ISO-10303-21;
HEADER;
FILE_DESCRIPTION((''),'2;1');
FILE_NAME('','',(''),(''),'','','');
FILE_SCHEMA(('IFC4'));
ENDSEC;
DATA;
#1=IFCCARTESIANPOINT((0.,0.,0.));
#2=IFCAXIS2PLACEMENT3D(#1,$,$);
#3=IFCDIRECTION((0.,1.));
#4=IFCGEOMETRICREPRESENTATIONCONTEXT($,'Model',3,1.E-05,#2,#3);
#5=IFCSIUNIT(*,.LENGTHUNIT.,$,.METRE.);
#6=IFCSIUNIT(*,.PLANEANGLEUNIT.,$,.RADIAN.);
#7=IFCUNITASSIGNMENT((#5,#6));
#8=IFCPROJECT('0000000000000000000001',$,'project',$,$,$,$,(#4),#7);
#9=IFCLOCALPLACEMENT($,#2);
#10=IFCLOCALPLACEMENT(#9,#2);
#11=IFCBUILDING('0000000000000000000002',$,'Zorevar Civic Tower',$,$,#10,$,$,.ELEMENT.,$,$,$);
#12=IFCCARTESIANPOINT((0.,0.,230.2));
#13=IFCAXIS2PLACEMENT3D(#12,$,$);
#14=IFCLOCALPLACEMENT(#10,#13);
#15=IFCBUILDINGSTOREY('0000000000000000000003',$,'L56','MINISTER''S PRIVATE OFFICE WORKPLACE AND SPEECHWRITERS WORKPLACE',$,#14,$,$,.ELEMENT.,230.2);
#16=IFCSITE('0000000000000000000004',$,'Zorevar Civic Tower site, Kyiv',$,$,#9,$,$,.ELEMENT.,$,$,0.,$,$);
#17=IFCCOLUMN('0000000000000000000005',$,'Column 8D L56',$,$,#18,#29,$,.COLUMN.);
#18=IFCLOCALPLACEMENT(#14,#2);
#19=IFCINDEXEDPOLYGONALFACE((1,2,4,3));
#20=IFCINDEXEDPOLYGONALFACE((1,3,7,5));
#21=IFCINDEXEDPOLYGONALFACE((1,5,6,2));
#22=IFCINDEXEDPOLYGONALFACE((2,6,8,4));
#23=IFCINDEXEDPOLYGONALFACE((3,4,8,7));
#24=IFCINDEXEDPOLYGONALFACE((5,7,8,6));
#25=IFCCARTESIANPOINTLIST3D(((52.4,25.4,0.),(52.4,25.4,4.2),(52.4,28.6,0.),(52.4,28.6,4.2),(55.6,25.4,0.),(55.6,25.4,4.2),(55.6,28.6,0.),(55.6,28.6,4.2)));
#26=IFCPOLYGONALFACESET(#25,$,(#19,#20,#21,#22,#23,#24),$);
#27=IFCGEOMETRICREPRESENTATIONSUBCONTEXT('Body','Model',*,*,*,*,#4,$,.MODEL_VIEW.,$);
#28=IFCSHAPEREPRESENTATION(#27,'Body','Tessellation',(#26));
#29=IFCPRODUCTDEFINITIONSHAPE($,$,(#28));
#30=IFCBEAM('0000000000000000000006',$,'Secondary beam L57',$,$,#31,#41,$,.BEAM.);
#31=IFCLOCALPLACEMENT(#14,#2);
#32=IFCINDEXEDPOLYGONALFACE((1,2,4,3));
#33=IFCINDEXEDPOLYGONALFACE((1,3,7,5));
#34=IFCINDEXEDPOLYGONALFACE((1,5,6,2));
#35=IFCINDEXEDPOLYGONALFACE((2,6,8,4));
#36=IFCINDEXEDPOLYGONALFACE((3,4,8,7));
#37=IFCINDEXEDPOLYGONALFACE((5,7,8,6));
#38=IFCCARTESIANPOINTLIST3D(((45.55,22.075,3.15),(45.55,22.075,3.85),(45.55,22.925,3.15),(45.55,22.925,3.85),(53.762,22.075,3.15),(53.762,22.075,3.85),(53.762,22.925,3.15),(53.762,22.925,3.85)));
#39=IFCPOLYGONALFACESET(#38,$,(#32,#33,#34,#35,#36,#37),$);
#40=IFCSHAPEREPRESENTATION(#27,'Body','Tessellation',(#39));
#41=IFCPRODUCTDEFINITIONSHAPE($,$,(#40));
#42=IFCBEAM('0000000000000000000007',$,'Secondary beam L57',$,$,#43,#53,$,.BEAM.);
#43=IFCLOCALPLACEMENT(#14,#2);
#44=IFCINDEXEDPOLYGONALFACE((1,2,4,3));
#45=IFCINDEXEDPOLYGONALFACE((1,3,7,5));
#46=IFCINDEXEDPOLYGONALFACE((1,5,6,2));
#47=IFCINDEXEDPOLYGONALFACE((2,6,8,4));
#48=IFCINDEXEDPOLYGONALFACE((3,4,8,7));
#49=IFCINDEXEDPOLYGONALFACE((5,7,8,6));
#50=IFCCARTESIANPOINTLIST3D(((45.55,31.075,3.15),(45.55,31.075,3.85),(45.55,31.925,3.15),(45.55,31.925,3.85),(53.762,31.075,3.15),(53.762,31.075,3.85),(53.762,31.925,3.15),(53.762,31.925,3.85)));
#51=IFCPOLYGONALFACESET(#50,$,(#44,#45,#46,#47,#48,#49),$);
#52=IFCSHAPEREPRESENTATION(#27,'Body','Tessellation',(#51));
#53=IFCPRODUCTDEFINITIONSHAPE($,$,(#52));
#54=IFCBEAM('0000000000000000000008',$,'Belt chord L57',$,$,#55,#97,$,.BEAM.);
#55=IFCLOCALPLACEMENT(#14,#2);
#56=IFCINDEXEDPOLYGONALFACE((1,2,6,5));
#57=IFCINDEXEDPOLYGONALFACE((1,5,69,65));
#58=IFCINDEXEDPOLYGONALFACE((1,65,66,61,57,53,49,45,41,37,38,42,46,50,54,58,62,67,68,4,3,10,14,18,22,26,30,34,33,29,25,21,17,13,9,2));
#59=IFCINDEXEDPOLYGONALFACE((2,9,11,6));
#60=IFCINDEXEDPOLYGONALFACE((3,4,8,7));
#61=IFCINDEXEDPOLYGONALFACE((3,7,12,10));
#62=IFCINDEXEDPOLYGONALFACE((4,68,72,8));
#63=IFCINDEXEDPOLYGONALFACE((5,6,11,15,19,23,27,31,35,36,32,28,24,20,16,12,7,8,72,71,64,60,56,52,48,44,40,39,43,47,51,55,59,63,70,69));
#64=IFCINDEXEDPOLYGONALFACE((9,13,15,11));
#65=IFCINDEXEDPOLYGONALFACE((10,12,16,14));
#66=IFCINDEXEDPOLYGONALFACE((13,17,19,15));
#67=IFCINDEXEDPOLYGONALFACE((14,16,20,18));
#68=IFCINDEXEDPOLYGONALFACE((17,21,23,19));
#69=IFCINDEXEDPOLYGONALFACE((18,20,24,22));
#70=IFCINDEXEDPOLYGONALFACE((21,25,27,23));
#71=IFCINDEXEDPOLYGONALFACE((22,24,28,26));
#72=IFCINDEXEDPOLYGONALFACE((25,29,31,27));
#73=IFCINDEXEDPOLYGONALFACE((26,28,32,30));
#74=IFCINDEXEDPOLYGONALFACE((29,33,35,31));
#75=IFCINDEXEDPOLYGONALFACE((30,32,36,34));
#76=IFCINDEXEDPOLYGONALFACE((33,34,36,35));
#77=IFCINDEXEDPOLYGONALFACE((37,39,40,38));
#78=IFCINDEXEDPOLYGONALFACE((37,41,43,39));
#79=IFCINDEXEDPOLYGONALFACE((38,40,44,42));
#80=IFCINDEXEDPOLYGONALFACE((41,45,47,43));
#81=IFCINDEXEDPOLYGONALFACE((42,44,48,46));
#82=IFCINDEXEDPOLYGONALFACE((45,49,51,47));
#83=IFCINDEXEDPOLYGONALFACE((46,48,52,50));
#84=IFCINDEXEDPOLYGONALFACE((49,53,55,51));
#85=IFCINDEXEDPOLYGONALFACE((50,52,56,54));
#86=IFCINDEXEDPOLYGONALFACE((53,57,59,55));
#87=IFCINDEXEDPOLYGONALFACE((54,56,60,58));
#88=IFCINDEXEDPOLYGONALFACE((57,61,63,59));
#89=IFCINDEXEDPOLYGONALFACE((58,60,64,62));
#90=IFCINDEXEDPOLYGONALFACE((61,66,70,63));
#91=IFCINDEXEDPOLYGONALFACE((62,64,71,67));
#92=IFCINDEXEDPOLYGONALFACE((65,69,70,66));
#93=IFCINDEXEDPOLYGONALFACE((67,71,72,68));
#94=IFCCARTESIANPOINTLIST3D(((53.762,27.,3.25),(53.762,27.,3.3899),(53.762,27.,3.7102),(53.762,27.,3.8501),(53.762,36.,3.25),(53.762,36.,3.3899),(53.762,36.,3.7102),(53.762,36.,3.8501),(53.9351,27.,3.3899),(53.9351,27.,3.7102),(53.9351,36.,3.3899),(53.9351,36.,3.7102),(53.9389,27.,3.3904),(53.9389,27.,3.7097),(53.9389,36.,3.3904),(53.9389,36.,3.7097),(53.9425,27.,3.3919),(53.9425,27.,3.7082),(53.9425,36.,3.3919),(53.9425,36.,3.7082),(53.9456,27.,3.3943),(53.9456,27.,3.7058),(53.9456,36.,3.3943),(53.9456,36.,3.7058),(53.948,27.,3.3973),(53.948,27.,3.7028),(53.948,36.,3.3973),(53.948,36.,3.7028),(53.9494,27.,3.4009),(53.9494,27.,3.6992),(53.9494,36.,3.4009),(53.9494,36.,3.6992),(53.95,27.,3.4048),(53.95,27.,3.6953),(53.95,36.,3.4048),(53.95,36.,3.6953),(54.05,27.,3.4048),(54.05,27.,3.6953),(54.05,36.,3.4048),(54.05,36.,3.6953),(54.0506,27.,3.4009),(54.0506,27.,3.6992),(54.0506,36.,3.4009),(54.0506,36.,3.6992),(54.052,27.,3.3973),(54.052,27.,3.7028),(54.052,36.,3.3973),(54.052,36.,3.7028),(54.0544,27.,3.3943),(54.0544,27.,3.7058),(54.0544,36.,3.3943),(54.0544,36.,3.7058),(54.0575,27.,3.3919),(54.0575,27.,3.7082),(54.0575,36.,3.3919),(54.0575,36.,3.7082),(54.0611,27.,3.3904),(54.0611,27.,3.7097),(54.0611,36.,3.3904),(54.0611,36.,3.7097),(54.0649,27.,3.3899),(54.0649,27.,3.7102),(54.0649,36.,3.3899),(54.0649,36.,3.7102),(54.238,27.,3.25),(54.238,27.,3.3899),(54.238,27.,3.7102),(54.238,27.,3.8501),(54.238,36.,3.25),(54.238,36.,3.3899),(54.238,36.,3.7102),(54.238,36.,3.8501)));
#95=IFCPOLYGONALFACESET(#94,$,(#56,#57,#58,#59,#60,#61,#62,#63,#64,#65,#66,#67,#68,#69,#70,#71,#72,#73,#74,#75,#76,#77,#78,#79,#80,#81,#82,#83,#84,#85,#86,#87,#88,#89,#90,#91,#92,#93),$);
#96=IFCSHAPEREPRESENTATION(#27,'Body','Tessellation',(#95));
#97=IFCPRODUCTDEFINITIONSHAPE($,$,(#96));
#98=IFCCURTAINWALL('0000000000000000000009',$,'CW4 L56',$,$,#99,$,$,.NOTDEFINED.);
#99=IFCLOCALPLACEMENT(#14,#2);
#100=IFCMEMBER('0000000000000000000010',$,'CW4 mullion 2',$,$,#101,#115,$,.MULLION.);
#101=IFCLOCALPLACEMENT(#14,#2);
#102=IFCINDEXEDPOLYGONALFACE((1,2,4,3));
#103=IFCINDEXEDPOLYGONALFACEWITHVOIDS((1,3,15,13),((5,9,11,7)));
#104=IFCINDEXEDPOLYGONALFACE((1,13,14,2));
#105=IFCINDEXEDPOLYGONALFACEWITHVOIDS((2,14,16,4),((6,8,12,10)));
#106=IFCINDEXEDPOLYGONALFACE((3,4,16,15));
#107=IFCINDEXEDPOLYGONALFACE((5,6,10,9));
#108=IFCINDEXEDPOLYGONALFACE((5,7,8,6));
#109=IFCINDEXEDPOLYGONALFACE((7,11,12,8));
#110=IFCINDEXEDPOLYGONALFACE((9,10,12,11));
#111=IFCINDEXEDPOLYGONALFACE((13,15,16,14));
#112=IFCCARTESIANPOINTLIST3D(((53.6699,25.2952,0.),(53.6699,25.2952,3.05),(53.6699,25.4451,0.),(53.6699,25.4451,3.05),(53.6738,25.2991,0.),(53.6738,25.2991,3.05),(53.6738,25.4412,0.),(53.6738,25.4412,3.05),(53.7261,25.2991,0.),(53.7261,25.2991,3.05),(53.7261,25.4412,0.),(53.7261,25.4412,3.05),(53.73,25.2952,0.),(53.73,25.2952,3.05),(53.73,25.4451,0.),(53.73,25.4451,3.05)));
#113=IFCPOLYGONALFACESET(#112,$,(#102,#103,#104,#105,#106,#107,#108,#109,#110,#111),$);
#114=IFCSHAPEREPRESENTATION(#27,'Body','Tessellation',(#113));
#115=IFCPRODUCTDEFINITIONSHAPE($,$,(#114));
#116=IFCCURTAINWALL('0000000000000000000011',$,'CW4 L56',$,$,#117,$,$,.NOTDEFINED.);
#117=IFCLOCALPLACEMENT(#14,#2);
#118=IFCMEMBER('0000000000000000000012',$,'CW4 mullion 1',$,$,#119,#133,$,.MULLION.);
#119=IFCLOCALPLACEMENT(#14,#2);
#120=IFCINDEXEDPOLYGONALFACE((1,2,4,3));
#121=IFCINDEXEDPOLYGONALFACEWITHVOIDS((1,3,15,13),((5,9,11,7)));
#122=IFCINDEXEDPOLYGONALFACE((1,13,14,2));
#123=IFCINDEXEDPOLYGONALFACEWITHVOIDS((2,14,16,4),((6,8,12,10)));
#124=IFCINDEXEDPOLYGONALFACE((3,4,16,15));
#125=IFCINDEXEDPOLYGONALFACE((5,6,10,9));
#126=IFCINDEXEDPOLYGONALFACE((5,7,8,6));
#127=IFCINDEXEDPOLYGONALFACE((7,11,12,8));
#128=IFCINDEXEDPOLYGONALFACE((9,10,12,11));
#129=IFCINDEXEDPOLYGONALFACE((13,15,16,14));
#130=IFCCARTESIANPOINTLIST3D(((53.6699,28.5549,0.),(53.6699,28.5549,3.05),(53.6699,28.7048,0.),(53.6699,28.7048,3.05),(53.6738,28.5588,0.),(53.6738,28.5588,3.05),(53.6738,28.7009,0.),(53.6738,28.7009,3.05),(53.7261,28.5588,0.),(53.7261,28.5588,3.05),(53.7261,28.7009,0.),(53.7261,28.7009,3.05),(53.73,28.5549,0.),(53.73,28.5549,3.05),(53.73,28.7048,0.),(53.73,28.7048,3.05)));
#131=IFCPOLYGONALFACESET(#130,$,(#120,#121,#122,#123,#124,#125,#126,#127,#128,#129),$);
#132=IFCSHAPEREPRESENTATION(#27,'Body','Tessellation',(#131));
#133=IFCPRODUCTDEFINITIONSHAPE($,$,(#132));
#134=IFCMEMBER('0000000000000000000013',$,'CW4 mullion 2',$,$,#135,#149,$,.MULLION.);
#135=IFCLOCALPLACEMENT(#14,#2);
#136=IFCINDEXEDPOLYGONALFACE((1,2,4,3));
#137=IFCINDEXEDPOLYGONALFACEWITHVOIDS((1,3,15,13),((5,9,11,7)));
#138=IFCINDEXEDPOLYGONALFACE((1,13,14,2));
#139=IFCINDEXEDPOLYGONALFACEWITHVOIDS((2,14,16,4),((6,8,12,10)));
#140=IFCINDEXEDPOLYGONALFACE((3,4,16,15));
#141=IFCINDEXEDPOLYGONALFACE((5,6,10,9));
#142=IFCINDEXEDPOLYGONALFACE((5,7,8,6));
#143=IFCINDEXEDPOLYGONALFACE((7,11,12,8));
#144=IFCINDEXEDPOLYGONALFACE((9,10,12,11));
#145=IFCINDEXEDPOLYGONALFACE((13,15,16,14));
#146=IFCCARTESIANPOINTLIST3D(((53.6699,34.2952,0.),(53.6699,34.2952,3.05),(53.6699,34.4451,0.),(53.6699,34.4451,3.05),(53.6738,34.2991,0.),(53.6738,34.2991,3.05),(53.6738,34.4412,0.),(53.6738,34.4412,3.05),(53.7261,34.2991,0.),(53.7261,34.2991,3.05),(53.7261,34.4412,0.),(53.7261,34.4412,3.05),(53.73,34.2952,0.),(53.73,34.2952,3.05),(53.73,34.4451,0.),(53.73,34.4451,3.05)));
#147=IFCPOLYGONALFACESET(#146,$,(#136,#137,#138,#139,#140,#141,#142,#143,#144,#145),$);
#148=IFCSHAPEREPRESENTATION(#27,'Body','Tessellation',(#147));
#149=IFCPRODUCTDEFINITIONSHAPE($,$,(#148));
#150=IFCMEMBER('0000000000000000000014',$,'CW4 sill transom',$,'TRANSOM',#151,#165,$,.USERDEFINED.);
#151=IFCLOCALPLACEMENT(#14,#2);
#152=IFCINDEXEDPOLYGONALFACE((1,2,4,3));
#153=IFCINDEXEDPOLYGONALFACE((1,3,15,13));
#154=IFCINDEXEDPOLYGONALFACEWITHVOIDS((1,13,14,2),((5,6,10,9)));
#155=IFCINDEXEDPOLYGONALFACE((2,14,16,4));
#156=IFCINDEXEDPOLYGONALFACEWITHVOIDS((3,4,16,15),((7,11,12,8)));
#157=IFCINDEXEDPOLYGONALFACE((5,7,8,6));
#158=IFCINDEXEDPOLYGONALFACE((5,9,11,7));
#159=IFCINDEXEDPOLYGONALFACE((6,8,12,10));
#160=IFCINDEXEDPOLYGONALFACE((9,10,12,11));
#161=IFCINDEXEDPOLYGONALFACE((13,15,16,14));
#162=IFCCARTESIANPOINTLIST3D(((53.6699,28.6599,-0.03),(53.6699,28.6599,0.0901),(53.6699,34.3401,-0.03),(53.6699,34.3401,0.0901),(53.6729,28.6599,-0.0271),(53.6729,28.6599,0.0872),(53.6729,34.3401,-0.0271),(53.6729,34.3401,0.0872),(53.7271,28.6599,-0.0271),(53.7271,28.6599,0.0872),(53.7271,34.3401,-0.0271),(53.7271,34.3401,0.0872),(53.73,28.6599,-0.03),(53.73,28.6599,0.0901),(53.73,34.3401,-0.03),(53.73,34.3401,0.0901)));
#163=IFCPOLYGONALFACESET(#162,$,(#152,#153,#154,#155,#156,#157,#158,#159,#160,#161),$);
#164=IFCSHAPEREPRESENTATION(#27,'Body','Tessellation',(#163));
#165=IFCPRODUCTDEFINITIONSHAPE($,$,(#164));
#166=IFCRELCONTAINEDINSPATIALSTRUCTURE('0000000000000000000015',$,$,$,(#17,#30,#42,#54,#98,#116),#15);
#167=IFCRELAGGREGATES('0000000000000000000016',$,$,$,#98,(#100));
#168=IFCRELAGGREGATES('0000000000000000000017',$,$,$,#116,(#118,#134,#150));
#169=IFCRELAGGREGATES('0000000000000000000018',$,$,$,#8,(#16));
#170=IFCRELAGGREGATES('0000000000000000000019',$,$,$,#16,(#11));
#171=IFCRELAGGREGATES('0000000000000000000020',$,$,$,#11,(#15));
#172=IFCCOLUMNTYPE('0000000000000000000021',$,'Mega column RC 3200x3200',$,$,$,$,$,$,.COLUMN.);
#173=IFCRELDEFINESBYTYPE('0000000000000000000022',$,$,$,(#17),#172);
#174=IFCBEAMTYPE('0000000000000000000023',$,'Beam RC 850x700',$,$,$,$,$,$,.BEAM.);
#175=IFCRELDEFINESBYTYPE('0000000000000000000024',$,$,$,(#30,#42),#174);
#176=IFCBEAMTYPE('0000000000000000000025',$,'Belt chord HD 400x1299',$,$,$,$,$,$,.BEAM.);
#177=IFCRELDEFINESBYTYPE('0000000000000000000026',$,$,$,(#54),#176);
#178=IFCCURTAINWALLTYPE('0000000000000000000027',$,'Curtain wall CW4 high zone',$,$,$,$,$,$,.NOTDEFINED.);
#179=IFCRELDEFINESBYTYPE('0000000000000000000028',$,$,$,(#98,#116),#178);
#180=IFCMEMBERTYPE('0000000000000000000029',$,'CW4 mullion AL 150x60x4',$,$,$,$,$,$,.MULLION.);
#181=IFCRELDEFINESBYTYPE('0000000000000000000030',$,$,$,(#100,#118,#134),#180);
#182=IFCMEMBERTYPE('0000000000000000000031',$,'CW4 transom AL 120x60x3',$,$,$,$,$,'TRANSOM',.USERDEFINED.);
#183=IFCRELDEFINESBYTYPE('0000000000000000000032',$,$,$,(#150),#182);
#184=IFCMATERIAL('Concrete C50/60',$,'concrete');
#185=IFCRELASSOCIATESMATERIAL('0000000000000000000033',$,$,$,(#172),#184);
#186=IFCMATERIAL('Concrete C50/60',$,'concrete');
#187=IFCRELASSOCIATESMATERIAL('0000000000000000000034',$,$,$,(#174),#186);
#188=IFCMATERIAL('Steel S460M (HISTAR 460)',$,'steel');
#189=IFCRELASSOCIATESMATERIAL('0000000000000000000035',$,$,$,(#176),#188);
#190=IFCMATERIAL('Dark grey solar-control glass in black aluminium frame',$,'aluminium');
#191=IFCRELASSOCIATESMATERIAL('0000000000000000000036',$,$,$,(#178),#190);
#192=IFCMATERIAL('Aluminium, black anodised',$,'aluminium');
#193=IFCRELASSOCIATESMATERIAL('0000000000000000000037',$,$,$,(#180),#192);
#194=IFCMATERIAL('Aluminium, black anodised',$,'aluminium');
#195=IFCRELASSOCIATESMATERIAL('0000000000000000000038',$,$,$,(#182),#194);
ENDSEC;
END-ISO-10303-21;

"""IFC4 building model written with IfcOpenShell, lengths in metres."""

from ifc_helpers import new_model, si_unit, direction, frame, origin, origin_2d, place, context, subcontext, project, spatial, rectangle, hollow_rectangle, i_section, extrude, material, material_profile, profile_set, type_object, element, aggregate, save


model = new_model("IFC4")

# Units and contexts
model_context = context("Model", 3, precision=1e-05, world=origin(), true_north=direction((0.0, 1.0)))
body_context = subcontext(model_context, "Body", "Model", "MODEL_VIEW")
ifc_project = project(units=[si_unit("LENGTHUNIT", "METRE"), si_unit("PLANEANGLEUNIT", "RADIAN")], contexts=[model_context])

# Site, building, storey
site_placement = place(None, origin())
site = spatial("IfcSite", under=ifc_project, at=site_placement, Name="Zorevar Civic Tower site, Kyiv", CompositionType="ELEMENT", RefElevation=0.0)
building_placement = place(site_placement, origin())
building = spatial("IfcBuilding", under=site, at=building_placement, Name="Zorevar Civic Tower", CompositionType="ELEMENT")
storey_placement = place(building_placement, frame((0.0, 0.0, 230.2)))
storey = spatial("IfcBuildingStorey", under=building, at=storey_placement, Name="L56", Description="MINISTER'S PRIVATE OFFICE WORKPLACE AND SPEECHWRITERS WORKPLACE", CompositionType="ELEMENT", Elevation=230.2)

# Column
ifc_material_1 = material(Name="Concrete C50/60", Category="concrete")
ifc_material_profile_1 = material_profile(ifc_material_1, rectangle(XDim=3.2, YDim=3.2, at=origin_2d()), Name="RC 3200x3200")
ifc_profile_set_1 = profile_set([ifc_material_profile_1], Name="Concrete C50/60")
column_type = type_object("IfcColumnType", Name="Mega column RC 3200x3200", PredefinedType="COLUMN", material=ifc_profile_set_1)
column_placement = place(storey_placement, frame((54.0, 27.0, 0.0), z_axis=(0.0, 0.0, 1.0), x_axis=(1.0, 0.0, 0.0)))
element("IfcColumn", 1, at=column_placement, inside=storey, type_object=column_type, Name="Column 8D L56", PredefinedType="COLUMN", context=body_context, shape_type="SweptSolid", body=[
    extrude(rectangle(XDim=3.2, YDim=3.2, at=origin_2d()), origin(), (0.0, 0.0, 1.0), 4.2),
])

# Beams
ifc_material_2 = material(Name="Concrete C50/60", Category="concrete")
ifc_material_profile_2 = material_profile(ifc_material_2, rectangle(XDim=0.8501, YDim=0.7, at=origin_2d()), Name="RC 850x700")
ifc_profile_set_2 = profile_set([ifc_material_profile_2], Name="Concrete C50/60")
beam_type_1 = type_object("IfcBeamType", Name="Beam RC 850x700", PredefinedType="BEAM", material=ifc_profile_set_2)
for number, where, z_axis, x_axis, name in (
    (2, (45.55, 22.5, 3.5), (1.0, 0.0, 0.0), (0.0, 1.0, 0.0), "Secondary beam L57"),
    (3, (45.55, 31.5, 3.5), (1.0, 0.0, 0.0), (0.0, 1.0, 0.0), "Secondary beam L57"),
):
    element("IfcBeam", number, at=place(storey_placement, frame(where, z_axis=z_axis, x_axis=x_axis)), inside=storey, type_object=beam_type_1, Name=name, PredefinedType="BEAM", context=body_context, shape_type="SweptSolid", body=[
        extrude(rectangle(XDim=0.8501, YDim=0.7, at=origin_2d()), origin(), (0.0, 0.0, 1.0), 8.2119),
    ])
ifc_material_3 = material(Name="Steel S460M (HISTAR 460)", Category="steel")
ifc_material_profile_3 = material_profile(ifc_material_3, i_section(OverallWidth=0.4761, OverallDepth=0.6001, WebThickness=0.1001, FlangeThickness=0.1399, FilletRadius=0.0149, at=origin_2d()), Name="HD 400x1299")
ifc_profile_set_3 = profile_set([ifc_material_profile_3], Name="Steel S460M (HISTAR 460)")
beam_type_2 = type_object("IfcBeamType", Name="Belt chord HD 400x1299", PredefinedType="BEAM", material=ifc_profile_set_3)
beam_placement = place(storey_placement, frame((54.0, 27.0, 3.55), z_axis=(0.0, 1.0, 0.0), x_axis=(-1.0, 0.0, 0.0)))
element("IfcBeam", 4, at=beam_placement, inside=storey, type_object=beam_type_2, Name="Belt chord L57", PredefinedType="BEAM", context=body_context, shape_type="SweptSolid", body=[
    extrude(i_section(OverallWidth=0.4761, OverallDepth=0.6001, WebThickness=0.1001, FlangeThickness=0.1399, FilletRadius=0.0149, at=origin_2d()), origin(), (0.0, 0.0, 1.0), 9.0),
])

# Curtain wall, member
ifc_material_4 = material(Name="Dark grey solar-control glass in black aluminium frame", Category="aluminium")
curtain_wall_type = type_object("IfcCurtainWallType", Name="Curtain wall CW4 high zone", PredefinedType="NOTDEFINED", material=ifc_material_4)
curtain_wall_1_placement = place(storey_placement, origin())
curtain_wall_1 = element("IfcCurtainWall", 5, at=curtain_wall_1_placement, inside=storey, type_object=curtain_wall_type, Name="CW4 L56", PredefinedType="NOTDEFINED")
ifc_material_5 = material(Name="Aluminium, black anodised", Category="aluminium")
ifc_material_profile_4 = material_profile(ifc_material_5, hollow_rectangle(XDim=0.0601, YDim=0.1499, WallThickness=0.0039, at=origin_2d()), Name="AL 150x60x4")
ifc_profile_set_4 = profile_set([ifc_material_profile_4], Name="Aluminium, black anodised")
member_type_1 = type_object("IfcMemberType", Name="CW4 mullion AL 150x60x4", PredefinedType="MULLION", material=ifc_profile_set_4)
member_1_placement = place(storey_placement, frame((53.7, 25.3701, 0.0), z_axis=(0.0, 0.0, 1.0), x_axis=(-1.0, 0.0, 0.0)))
member_1 = element("IfcMember", 6, at=member_1_placement, type_object=member_type_1, Name="CW4 mullion 2", PredefinedType="MULLION", context=body_context, shape_type="SweptSolid", body=[
    extrude(hollow_rectangle(XDim=0.0601, YDim=0.1499, WallThickness=0.0039, at=origin_2d()), origin(), (0.0, 0.0, 1.0), 3.05),
])

# Curtain wall, members
curtain_wall_2_placement = place(storey_placement, origin())
curtain_wall_2 = element("IfcCurtainWall", 7, at=curtain_wall_2_placement, inside=storey, type_object=curtain_wall_type, Name="CW4 L56", PredefinedType="NOTDEFINED")
member_2_placement = place(storey_placement, frame((53.7, 28.6299, 0.0), z_axis=(0.0, 0.0, 1.0), x_axis=(-1.0, 0.0, 0.0)))
member_2 = element("IfcMember", 8, at=member_2_placement, type_object=member_type_1, Name="CW4 mullion 1", PredefinedType="MULLION", context=body_context, shape_type="SweptSolid", body=[
    extrude(hollow_rectangle(XDim=0.0601, YDim=0.1499, WallThickness=0.0039, at=origin_2d()), origin(), (0.0, 0.0, 1.0), 3.05),
])
member_3_placement = place(storey_placement, frame((53.7, 34.3701, 0.0), z_axis=(0.0, 0.0, 1.0), x_axis=(-1.0, 0.0, 0.0)))
member_3 = element("IfcMember", 9, at=member_3_placement, type_object=member_type_1, Name="CW4 mullion 2", PredefinedType="MULLION", context=body_context, shape_type="SweptSolid", body=[
    extrude(hollow_rectangle(XDim=0.0601, YDim=0.1499, WallThickness=0.0039, at=origin_2d()), origin(), (0.0, 0.0, 1.0), 3.05),
])
ifc_material_6 = material(Name="Aluminium, black anodised", Category="aluminium")
ifc_material_profile_5 = material_profile(ifc_material_6, hollow_rectangle(XDim=0.0601, YDim=0.1201, WallThickness=0.0029, at=origin_2d()), Name="AL 120x60x3")
ifc_profile_set_5 = profile_set([ifc_material_profile_5], Name="Aluminium, black anodised")
member_type_2 = type_object("IfcMemberType", Name="CW4 transom AL 120x60x3", ElementType="TRANSOM", PredefinedType="USERDEFINED", material=ifc_profile_set_5)
member_4_placement = place(storey_placement, frame((53.7, 28.6599, 0.03), z_axis=(0.0, 1.0, 0.0), x_axis=(-1.0, 0.0, 0.0)))
member_4 = element("IfcMember", 10, at=member_4_placement, type_object=member_type_2, Name="CW4 sill transom", ObjectType="TRANSOM", PredefinedType="USERDEFINED", context=body_context, shape_type="SweptSolid", body=[
    extrude(hollow_rectangle(XDim=0.0601, YDim=0.1201, WallThickness=0.0029, at=origin_2d()), origin(), (0.0, 0.0, 1.0), 5.6802),
])

aggregate(curtain_wall_1, [member_1])
aggregate(curtain_wall_2, [member_2, member_3, member_4])

save(model, "model.ifc")
